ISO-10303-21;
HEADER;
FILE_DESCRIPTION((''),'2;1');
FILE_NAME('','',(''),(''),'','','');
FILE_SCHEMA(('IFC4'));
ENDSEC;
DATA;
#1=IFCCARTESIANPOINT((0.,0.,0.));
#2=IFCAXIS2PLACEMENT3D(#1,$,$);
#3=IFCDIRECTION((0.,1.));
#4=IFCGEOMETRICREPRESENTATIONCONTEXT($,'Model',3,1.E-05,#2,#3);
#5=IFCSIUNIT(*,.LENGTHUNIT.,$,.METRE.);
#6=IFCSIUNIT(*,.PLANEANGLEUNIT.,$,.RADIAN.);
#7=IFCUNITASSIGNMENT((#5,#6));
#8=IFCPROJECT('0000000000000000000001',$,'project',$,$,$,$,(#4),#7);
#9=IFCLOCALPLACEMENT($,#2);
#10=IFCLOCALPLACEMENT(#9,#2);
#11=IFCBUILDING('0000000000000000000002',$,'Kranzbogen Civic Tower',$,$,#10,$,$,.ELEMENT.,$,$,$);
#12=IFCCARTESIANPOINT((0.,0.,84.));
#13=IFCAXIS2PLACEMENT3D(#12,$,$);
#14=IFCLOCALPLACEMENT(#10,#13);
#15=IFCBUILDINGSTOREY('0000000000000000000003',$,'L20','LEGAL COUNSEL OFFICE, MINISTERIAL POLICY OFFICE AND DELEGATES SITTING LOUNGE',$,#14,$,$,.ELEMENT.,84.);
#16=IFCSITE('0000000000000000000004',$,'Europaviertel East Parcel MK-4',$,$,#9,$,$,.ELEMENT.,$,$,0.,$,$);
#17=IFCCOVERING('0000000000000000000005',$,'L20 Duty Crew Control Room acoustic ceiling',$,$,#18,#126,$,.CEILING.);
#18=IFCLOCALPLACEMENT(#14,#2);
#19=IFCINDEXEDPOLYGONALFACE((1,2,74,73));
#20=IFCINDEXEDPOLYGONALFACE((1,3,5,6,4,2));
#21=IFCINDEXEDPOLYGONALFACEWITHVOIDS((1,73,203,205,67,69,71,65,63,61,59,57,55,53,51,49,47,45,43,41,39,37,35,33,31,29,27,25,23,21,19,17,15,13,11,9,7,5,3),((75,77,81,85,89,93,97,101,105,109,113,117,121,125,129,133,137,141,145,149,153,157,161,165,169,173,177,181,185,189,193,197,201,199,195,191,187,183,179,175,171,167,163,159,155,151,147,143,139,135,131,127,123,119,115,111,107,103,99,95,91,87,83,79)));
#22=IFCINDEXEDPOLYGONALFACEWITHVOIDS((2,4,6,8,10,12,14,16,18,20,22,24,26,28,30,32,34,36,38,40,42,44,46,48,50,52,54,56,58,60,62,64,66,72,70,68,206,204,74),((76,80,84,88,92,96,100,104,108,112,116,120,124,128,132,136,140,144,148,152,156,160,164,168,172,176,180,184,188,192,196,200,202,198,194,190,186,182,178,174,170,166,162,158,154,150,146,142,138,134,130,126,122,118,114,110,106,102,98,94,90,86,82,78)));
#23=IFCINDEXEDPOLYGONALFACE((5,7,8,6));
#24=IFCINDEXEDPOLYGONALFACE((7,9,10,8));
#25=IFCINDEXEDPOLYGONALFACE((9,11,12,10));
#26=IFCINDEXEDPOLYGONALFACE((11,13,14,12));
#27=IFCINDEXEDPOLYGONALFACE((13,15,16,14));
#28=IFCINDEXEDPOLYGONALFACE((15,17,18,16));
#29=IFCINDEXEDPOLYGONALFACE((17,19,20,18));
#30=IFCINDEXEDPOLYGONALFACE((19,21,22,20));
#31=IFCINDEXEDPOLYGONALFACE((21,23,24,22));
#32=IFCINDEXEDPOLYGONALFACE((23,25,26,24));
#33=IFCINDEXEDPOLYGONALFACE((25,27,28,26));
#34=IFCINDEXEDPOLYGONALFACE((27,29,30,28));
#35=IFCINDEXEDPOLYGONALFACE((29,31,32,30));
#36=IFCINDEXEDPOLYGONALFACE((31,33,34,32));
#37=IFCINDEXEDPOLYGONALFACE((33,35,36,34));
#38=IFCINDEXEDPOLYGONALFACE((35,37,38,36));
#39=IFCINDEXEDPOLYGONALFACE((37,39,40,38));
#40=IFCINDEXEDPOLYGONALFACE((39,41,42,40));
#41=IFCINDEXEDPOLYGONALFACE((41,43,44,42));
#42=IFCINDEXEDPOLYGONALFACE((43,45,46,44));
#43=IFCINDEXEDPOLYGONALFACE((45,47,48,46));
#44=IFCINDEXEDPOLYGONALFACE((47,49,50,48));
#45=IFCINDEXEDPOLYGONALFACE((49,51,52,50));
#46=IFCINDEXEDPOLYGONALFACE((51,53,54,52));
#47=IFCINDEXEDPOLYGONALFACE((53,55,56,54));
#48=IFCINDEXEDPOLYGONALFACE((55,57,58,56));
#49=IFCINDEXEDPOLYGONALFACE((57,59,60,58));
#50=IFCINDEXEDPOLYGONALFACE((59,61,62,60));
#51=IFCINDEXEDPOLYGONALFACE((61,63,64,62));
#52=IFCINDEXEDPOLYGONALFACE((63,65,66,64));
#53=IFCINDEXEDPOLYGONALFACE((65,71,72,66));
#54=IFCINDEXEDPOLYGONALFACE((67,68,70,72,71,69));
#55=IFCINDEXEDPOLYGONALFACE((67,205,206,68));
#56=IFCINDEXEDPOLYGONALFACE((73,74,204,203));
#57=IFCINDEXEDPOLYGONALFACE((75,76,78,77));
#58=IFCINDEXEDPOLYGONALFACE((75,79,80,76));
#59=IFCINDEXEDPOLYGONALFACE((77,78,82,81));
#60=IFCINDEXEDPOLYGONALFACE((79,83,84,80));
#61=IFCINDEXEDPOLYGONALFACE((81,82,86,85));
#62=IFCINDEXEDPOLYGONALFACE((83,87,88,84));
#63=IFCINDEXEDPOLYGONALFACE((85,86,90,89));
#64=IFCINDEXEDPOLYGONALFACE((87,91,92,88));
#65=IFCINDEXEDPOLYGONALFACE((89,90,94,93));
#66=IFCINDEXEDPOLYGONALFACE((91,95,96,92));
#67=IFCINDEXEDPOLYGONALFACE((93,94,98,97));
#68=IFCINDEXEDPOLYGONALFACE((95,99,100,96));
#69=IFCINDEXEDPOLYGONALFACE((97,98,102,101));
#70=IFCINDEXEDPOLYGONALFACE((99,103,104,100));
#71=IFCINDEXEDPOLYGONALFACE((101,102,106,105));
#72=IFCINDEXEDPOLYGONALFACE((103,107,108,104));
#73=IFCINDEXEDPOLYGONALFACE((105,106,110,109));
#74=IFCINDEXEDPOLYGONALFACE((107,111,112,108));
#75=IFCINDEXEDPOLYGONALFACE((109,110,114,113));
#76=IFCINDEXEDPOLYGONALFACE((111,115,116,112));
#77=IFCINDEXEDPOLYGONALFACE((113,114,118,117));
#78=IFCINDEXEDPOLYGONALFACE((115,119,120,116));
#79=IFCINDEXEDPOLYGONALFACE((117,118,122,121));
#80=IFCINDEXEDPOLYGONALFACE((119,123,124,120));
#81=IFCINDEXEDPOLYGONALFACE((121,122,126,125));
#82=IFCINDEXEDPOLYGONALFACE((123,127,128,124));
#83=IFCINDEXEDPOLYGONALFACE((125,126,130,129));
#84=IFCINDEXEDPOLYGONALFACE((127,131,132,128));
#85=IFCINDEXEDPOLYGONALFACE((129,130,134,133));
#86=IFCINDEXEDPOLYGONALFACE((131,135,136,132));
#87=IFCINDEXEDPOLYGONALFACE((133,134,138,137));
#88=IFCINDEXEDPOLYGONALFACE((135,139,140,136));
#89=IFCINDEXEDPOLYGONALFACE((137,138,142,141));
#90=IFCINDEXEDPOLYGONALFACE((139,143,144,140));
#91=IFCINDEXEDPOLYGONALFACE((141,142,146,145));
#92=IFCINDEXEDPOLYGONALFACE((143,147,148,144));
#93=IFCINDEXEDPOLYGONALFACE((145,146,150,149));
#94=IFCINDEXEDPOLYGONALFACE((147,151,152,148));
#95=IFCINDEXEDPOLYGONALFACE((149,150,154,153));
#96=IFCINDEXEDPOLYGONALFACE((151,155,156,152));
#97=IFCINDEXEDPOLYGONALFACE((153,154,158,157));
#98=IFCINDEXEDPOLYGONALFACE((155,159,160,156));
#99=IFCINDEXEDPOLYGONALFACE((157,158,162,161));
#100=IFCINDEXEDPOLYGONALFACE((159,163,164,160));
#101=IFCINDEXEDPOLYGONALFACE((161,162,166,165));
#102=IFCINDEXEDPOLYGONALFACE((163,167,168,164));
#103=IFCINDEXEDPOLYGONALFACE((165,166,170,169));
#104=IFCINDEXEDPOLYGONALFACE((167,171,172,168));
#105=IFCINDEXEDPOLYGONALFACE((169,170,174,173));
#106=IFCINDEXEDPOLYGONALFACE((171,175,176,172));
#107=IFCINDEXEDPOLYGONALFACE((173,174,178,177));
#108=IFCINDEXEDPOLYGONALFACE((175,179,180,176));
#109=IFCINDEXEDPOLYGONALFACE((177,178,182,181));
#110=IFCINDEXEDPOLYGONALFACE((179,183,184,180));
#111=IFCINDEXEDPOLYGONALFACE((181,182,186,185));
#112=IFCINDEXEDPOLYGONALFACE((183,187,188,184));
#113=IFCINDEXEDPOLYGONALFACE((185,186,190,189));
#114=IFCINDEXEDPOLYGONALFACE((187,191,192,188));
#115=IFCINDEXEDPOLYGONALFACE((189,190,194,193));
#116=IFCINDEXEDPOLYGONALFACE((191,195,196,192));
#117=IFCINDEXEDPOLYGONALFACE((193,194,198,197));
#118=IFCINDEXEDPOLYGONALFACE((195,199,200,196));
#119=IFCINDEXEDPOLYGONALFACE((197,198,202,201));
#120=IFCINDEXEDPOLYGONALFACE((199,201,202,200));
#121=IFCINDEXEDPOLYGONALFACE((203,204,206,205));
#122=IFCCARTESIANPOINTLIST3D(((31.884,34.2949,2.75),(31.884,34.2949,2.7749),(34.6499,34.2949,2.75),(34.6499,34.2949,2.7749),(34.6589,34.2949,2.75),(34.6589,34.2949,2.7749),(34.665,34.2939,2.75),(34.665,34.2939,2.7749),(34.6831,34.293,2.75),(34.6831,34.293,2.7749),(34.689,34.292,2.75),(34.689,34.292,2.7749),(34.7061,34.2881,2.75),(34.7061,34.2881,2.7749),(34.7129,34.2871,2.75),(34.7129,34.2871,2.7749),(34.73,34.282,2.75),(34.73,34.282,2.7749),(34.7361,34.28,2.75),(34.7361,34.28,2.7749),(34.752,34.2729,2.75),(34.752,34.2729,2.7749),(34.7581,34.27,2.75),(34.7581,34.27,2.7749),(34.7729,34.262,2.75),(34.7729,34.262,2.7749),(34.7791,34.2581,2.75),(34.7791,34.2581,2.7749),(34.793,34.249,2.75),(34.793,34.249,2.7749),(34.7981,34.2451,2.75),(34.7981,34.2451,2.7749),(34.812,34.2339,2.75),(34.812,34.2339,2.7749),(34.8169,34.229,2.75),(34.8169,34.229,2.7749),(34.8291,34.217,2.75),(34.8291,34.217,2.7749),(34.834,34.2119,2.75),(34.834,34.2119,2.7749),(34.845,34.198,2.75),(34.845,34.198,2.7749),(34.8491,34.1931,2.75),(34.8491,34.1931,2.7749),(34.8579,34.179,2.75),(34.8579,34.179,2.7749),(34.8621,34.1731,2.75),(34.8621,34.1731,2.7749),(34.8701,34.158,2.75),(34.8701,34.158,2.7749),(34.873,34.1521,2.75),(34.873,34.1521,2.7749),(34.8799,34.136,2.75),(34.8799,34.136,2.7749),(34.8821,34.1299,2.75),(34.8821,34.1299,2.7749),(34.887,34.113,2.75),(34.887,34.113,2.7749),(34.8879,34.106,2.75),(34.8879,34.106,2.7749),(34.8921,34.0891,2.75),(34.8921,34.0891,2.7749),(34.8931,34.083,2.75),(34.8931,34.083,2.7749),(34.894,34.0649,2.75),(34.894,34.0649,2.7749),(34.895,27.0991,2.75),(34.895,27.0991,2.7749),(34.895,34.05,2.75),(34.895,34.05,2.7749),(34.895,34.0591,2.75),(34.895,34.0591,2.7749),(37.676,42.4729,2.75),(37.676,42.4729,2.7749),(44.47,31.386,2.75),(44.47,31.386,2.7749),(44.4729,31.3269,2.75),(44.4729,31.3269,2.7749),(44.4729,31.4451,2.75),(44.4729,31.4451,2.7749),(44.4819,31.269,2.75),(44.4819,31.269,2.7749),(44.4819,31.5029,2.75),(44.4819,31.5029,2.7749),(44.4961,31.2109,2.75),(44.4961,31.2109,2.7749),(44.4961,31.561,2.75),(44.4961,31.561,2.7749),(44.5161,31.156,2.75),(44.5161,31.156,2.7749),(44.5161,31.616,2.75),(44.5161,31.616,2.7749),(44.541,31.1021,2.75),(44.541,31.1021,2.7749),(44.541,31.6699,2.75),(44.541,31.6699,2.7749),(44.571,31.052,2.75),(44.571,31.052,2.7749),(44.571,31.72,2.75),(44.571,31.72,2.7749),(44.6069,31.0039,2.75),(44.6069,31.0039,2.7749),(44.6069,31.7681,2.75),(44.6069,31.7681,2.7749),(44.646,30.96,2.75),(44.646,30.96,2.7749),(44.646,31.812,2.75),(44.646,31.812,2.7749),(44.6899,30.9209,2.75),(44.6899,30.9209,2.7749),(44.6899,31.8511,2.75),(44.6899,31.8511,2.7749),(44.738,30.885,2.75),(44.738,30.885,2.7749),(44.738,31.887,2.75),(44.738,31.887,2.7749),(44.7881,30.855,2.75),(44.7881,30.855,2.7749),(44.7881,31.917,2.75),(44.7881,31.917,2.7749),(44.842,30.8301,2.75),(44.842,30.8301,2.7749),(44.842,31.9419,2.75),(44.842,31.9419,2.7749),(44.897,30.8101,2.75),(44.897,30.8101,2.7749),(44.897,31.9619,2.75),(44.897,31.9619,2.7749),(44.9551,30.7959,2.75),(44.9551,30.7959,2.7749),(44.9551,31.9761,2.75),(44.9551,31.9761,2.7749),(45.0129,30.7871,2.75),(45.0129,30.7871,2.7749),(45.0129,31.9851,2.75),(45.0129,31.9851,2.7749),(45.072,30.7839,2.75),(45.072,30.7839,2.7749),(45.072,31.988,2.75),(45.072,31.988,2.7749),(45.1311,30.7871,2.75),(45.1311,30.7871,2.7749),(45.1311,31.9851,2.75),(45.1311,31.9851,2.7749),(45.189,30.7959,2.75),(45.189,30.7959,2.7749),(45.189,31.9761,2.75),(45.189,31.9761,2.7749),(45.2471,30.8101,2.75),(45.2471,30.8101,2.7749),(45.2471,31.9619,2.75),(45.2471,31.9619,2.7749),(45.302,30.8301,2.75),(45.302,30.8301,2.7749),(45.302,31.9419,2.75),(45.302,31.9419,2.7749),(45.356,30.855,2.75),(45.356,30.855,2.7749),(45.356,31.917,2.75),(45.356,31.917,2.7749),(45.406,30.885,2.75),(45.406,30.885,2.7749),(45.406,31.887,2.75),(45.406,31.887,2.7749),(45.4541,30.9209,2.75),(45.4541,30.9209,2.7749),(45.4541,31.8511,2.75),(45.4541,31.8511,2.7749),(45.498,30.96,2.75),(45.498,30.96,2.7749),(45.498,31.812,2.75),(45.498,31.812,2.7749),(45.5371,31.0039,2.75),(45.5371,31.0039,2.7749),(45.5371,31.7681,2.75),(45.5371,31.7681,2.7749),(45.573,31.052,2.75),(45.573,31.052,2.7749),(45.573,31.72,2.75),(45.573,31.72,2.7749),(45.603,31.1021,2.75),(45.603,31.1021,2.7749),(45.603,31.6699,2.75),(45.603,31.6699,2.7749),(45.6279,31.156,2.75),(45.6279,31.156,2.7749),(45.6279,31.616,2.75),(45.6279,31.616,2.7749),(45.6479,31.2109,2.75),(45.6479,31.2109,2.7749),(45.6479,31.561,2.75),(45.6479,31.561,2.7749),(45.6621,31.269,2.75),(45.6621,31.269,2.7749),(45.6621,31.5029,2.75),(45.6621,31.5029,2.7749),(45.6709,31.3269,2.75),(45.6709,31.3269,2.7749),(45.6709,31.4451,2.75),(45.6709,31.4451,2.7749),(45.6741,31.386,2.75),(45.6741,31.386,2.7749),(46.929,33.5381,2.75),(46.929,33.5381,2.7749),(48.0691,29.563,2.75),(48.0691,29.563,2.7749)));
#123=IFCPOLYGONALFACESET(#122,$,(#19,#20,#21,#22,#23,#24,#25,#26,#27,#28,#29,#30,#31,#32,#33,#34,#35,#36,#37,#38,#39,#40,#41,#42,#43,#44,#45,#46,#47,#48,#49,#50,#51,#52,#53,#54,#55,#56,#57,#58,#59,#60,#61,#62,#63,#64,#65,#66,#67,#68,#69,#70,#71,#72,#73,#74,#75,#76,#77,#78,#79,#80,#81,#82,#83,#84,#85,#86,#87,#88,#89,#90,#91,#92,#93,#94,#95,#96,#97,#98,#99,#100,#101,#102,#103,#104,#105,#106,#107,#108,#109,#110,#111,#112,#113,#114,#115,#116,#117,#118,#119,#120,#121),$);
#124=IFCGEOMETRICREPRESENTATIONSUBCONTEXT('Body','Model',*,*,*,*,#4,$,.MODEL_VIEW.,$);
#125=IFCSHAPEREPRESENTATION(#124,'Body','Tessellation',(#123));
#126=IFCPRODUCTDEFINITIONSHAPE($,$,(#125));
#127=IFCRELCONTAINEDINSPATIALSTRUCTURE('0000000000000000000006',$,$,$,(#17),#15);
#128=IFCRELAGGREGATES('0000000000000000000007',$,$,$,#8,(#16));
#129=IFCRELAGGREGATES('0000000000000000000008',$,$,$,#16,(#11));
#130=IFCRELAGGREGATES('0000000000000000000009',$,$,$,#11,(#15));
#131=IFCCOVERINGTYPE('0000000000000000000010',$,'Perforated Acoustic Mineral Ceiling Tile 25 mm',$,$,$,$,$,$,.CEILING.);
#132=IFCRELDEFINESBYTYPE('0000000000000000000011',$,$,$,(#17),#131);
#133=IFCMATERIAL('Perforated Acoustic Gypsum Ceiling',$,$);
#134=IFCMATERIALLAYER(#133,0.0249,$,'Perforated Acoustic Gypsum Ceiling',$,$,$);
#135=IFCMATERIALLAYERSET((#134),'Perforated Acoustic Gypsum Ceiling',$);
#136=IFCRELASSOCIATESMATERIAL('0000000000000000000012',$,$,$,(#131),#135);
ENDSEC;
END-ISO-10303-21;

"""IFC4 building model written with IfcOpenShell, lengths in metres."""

from ifc_helpers import new_model, si_unit, direction, frame, origin, place, context, subcontext, project, spatial, polyline, outline, extrude, material, layer, layer_set, type_object, element, save


model = new_model("IFC4")

# Units and contexts
model_context = context("Model", 3, precision=1e-05, world=origin(), true_north=direction((0.0, 1.0)))
body_context = subcontext(model_context, "Body", "Model", "MODEL_VIEW")
ifc_project = project(units=[si_unit("LENGTHUNIT", "METRE"), si_unit("PLANEANGLEUNIT", "RADIAN")], contexts=[model_context])

# Site, building, storey
site_placement = place(None, origin())
site = spatial("IfcSite", under=ifc_project, at=site_placement, Name="Europaviertel East Parcel MK-4", CompositionType="ELEMENT", RefElevation=0.0)
building_placement = place(site_placement, origin())
building = spatial("IfcBuilding", under=site, at=building_placement, Name="Kranzbogen Civic Tower", CompositionType="ELEMENT")
storey_placement = place(building_placement, frame((0.0, 0.0, 84.0)))
storey = spatial("IfcBuildingStorey", under=building, at=storey_placement, Name="L20", Description="LEGAL COUNSEL OFFICE, MINISTERIAL POLICY OFFICE AND DELEGATES SITTING LOUNGE", CompositionType="ELEMENT", Elevation=84.0)

# Covering
ifc_material_1 = material(Name="Perforated Acoustic Gypsum Ceiling")
ifc_layer_1 = layer(ifc_material_1, 0.0249, Name="Perforated Acoustic Gypsum Ceiling")
ifc_layer_set_1 = layer_set([ifc_layer_1], Name="Perforated Acoustic Gypsum Ceiling")
covering_type_1 = type_object("IfcCoveringType", Name="Perforated Acoustic Mineral Ceiling Tile 25 mm", PredefinedType="CEILING", material=ifc_layer_set_1)
covering_1_placement = place(storey_placement, frame((0.0, 0.0, 2.75)))
element("IfcCovering", 1, at=covering_1_placement, inside=storey, type_object=covering_type_1, Name="L20 Duty Crew Control Room acoustic ceiling", PredefinedType="CEILING", context=body_context, shape_type="SweptSolid", body=[
    extrude(outline(polyline([(48.0691, 29.563), (34.895, 27.0991), (34.895, 34.05), (34.895, 34.0591), (34.894, 34.0649), (34.8931, 34.083), (34.8921, 34.0891), (34.8879, 34.106), (34.887, 34.113), (34.8821, 34.1299), (34.8799, 34.136), (34.873, 34.1521), (34.8701, 34.158), (34.8621, 34.1731), (34.8579, 34.179), (34.8491, 34.1931), (34.845, 34.198), (34.834, 34.2119), (34.8291, 34.217), (34.8169, 34.229), (34.812, 34.2339), (34.7981, 34.2451), (34.793, 34.249), (34.7791, 34.2581), (34.7729, 34.262), (34.7581, 34.27), (34.752, 34.2729), (34.7361, 34.28), (34.73, 34.282), (34.7129, 34.2871), (34.7061, 34.2881), (34.689, 34.292), (34.6831, 34.293), (34.665, 34.2939), (34.6589, 34.2949), (34.6499, 34.2949), (31.884, 34.2949), (37.676, 42.4729), (46.929, 33.5381), (48.0691, 29.563)]), holes=[polyline([(45.6279, 31.156), (45.603, 31.1021), (45.573, 31.052), (45.5371, 31.0039), (45.498, 30.96), (45.4541, 30.9209), (45.406, 30.885), (45.356, 30.855), (45.302, 30.8301), (45.2471, 30.8101), (45.189, 30.7959), (45.1311, 30.7871), (45.072, 30.7839), (45.0129, 30.7871), (44.9551, 30.7959), (44.897, 30.8101), (44.842, 30.8301), (44.7881, 30.855), (44.738, 30.885), (44.6899, 30.9209), (44.646, 30.96), (44.6069, 31.0039), (44.571, 31.052), (44.541, 31.1021), (44.5161, 31.156), (44.4961, 31.2109), (44.4819, 31.269), (44.4729, 31.3269), (44.47, 31.386), (44.4729, 31.4451), (44.4819, 31.5029), (44.4961, 31.561), (44.5161, 31.616), (44.541, 31.6699), (44.571, 31.72), (44.6069, 31.7681), (44.646, 31.812), (44.6899, 31.8511), (44.738, 31.887), (44.7881, 31.917), (44.842, 31.9419), (44.897, 31.9619), (44.9551, 31.9761), (45.0129, 31.9851), (45.072, 31.988), (45.1311, 31.9851), (45.189, 31.9761), (45.2471, 31.9619), (45.302, 31.9419), (45.356, 31.917), (45.406, 31.887), (45.4541, 31.8511), (45.498, 31.812), (45.5371, 31.7681), (45.573, 31.72), (45.603, 31.6699), (45.6279, 31.616), (45.6479, 31.561), (45.6621, 31.5029), (45.6709, 31.4451), (45.6741, 31.386), (45.6709, 31.3269), (45.6621, 31.269), (45.6479, 31.2109), (45.6279, 31.156)])]), origin(), (0.0, 0.0, 1.0), 0.0249),
])

save(model, "model.ifc")
